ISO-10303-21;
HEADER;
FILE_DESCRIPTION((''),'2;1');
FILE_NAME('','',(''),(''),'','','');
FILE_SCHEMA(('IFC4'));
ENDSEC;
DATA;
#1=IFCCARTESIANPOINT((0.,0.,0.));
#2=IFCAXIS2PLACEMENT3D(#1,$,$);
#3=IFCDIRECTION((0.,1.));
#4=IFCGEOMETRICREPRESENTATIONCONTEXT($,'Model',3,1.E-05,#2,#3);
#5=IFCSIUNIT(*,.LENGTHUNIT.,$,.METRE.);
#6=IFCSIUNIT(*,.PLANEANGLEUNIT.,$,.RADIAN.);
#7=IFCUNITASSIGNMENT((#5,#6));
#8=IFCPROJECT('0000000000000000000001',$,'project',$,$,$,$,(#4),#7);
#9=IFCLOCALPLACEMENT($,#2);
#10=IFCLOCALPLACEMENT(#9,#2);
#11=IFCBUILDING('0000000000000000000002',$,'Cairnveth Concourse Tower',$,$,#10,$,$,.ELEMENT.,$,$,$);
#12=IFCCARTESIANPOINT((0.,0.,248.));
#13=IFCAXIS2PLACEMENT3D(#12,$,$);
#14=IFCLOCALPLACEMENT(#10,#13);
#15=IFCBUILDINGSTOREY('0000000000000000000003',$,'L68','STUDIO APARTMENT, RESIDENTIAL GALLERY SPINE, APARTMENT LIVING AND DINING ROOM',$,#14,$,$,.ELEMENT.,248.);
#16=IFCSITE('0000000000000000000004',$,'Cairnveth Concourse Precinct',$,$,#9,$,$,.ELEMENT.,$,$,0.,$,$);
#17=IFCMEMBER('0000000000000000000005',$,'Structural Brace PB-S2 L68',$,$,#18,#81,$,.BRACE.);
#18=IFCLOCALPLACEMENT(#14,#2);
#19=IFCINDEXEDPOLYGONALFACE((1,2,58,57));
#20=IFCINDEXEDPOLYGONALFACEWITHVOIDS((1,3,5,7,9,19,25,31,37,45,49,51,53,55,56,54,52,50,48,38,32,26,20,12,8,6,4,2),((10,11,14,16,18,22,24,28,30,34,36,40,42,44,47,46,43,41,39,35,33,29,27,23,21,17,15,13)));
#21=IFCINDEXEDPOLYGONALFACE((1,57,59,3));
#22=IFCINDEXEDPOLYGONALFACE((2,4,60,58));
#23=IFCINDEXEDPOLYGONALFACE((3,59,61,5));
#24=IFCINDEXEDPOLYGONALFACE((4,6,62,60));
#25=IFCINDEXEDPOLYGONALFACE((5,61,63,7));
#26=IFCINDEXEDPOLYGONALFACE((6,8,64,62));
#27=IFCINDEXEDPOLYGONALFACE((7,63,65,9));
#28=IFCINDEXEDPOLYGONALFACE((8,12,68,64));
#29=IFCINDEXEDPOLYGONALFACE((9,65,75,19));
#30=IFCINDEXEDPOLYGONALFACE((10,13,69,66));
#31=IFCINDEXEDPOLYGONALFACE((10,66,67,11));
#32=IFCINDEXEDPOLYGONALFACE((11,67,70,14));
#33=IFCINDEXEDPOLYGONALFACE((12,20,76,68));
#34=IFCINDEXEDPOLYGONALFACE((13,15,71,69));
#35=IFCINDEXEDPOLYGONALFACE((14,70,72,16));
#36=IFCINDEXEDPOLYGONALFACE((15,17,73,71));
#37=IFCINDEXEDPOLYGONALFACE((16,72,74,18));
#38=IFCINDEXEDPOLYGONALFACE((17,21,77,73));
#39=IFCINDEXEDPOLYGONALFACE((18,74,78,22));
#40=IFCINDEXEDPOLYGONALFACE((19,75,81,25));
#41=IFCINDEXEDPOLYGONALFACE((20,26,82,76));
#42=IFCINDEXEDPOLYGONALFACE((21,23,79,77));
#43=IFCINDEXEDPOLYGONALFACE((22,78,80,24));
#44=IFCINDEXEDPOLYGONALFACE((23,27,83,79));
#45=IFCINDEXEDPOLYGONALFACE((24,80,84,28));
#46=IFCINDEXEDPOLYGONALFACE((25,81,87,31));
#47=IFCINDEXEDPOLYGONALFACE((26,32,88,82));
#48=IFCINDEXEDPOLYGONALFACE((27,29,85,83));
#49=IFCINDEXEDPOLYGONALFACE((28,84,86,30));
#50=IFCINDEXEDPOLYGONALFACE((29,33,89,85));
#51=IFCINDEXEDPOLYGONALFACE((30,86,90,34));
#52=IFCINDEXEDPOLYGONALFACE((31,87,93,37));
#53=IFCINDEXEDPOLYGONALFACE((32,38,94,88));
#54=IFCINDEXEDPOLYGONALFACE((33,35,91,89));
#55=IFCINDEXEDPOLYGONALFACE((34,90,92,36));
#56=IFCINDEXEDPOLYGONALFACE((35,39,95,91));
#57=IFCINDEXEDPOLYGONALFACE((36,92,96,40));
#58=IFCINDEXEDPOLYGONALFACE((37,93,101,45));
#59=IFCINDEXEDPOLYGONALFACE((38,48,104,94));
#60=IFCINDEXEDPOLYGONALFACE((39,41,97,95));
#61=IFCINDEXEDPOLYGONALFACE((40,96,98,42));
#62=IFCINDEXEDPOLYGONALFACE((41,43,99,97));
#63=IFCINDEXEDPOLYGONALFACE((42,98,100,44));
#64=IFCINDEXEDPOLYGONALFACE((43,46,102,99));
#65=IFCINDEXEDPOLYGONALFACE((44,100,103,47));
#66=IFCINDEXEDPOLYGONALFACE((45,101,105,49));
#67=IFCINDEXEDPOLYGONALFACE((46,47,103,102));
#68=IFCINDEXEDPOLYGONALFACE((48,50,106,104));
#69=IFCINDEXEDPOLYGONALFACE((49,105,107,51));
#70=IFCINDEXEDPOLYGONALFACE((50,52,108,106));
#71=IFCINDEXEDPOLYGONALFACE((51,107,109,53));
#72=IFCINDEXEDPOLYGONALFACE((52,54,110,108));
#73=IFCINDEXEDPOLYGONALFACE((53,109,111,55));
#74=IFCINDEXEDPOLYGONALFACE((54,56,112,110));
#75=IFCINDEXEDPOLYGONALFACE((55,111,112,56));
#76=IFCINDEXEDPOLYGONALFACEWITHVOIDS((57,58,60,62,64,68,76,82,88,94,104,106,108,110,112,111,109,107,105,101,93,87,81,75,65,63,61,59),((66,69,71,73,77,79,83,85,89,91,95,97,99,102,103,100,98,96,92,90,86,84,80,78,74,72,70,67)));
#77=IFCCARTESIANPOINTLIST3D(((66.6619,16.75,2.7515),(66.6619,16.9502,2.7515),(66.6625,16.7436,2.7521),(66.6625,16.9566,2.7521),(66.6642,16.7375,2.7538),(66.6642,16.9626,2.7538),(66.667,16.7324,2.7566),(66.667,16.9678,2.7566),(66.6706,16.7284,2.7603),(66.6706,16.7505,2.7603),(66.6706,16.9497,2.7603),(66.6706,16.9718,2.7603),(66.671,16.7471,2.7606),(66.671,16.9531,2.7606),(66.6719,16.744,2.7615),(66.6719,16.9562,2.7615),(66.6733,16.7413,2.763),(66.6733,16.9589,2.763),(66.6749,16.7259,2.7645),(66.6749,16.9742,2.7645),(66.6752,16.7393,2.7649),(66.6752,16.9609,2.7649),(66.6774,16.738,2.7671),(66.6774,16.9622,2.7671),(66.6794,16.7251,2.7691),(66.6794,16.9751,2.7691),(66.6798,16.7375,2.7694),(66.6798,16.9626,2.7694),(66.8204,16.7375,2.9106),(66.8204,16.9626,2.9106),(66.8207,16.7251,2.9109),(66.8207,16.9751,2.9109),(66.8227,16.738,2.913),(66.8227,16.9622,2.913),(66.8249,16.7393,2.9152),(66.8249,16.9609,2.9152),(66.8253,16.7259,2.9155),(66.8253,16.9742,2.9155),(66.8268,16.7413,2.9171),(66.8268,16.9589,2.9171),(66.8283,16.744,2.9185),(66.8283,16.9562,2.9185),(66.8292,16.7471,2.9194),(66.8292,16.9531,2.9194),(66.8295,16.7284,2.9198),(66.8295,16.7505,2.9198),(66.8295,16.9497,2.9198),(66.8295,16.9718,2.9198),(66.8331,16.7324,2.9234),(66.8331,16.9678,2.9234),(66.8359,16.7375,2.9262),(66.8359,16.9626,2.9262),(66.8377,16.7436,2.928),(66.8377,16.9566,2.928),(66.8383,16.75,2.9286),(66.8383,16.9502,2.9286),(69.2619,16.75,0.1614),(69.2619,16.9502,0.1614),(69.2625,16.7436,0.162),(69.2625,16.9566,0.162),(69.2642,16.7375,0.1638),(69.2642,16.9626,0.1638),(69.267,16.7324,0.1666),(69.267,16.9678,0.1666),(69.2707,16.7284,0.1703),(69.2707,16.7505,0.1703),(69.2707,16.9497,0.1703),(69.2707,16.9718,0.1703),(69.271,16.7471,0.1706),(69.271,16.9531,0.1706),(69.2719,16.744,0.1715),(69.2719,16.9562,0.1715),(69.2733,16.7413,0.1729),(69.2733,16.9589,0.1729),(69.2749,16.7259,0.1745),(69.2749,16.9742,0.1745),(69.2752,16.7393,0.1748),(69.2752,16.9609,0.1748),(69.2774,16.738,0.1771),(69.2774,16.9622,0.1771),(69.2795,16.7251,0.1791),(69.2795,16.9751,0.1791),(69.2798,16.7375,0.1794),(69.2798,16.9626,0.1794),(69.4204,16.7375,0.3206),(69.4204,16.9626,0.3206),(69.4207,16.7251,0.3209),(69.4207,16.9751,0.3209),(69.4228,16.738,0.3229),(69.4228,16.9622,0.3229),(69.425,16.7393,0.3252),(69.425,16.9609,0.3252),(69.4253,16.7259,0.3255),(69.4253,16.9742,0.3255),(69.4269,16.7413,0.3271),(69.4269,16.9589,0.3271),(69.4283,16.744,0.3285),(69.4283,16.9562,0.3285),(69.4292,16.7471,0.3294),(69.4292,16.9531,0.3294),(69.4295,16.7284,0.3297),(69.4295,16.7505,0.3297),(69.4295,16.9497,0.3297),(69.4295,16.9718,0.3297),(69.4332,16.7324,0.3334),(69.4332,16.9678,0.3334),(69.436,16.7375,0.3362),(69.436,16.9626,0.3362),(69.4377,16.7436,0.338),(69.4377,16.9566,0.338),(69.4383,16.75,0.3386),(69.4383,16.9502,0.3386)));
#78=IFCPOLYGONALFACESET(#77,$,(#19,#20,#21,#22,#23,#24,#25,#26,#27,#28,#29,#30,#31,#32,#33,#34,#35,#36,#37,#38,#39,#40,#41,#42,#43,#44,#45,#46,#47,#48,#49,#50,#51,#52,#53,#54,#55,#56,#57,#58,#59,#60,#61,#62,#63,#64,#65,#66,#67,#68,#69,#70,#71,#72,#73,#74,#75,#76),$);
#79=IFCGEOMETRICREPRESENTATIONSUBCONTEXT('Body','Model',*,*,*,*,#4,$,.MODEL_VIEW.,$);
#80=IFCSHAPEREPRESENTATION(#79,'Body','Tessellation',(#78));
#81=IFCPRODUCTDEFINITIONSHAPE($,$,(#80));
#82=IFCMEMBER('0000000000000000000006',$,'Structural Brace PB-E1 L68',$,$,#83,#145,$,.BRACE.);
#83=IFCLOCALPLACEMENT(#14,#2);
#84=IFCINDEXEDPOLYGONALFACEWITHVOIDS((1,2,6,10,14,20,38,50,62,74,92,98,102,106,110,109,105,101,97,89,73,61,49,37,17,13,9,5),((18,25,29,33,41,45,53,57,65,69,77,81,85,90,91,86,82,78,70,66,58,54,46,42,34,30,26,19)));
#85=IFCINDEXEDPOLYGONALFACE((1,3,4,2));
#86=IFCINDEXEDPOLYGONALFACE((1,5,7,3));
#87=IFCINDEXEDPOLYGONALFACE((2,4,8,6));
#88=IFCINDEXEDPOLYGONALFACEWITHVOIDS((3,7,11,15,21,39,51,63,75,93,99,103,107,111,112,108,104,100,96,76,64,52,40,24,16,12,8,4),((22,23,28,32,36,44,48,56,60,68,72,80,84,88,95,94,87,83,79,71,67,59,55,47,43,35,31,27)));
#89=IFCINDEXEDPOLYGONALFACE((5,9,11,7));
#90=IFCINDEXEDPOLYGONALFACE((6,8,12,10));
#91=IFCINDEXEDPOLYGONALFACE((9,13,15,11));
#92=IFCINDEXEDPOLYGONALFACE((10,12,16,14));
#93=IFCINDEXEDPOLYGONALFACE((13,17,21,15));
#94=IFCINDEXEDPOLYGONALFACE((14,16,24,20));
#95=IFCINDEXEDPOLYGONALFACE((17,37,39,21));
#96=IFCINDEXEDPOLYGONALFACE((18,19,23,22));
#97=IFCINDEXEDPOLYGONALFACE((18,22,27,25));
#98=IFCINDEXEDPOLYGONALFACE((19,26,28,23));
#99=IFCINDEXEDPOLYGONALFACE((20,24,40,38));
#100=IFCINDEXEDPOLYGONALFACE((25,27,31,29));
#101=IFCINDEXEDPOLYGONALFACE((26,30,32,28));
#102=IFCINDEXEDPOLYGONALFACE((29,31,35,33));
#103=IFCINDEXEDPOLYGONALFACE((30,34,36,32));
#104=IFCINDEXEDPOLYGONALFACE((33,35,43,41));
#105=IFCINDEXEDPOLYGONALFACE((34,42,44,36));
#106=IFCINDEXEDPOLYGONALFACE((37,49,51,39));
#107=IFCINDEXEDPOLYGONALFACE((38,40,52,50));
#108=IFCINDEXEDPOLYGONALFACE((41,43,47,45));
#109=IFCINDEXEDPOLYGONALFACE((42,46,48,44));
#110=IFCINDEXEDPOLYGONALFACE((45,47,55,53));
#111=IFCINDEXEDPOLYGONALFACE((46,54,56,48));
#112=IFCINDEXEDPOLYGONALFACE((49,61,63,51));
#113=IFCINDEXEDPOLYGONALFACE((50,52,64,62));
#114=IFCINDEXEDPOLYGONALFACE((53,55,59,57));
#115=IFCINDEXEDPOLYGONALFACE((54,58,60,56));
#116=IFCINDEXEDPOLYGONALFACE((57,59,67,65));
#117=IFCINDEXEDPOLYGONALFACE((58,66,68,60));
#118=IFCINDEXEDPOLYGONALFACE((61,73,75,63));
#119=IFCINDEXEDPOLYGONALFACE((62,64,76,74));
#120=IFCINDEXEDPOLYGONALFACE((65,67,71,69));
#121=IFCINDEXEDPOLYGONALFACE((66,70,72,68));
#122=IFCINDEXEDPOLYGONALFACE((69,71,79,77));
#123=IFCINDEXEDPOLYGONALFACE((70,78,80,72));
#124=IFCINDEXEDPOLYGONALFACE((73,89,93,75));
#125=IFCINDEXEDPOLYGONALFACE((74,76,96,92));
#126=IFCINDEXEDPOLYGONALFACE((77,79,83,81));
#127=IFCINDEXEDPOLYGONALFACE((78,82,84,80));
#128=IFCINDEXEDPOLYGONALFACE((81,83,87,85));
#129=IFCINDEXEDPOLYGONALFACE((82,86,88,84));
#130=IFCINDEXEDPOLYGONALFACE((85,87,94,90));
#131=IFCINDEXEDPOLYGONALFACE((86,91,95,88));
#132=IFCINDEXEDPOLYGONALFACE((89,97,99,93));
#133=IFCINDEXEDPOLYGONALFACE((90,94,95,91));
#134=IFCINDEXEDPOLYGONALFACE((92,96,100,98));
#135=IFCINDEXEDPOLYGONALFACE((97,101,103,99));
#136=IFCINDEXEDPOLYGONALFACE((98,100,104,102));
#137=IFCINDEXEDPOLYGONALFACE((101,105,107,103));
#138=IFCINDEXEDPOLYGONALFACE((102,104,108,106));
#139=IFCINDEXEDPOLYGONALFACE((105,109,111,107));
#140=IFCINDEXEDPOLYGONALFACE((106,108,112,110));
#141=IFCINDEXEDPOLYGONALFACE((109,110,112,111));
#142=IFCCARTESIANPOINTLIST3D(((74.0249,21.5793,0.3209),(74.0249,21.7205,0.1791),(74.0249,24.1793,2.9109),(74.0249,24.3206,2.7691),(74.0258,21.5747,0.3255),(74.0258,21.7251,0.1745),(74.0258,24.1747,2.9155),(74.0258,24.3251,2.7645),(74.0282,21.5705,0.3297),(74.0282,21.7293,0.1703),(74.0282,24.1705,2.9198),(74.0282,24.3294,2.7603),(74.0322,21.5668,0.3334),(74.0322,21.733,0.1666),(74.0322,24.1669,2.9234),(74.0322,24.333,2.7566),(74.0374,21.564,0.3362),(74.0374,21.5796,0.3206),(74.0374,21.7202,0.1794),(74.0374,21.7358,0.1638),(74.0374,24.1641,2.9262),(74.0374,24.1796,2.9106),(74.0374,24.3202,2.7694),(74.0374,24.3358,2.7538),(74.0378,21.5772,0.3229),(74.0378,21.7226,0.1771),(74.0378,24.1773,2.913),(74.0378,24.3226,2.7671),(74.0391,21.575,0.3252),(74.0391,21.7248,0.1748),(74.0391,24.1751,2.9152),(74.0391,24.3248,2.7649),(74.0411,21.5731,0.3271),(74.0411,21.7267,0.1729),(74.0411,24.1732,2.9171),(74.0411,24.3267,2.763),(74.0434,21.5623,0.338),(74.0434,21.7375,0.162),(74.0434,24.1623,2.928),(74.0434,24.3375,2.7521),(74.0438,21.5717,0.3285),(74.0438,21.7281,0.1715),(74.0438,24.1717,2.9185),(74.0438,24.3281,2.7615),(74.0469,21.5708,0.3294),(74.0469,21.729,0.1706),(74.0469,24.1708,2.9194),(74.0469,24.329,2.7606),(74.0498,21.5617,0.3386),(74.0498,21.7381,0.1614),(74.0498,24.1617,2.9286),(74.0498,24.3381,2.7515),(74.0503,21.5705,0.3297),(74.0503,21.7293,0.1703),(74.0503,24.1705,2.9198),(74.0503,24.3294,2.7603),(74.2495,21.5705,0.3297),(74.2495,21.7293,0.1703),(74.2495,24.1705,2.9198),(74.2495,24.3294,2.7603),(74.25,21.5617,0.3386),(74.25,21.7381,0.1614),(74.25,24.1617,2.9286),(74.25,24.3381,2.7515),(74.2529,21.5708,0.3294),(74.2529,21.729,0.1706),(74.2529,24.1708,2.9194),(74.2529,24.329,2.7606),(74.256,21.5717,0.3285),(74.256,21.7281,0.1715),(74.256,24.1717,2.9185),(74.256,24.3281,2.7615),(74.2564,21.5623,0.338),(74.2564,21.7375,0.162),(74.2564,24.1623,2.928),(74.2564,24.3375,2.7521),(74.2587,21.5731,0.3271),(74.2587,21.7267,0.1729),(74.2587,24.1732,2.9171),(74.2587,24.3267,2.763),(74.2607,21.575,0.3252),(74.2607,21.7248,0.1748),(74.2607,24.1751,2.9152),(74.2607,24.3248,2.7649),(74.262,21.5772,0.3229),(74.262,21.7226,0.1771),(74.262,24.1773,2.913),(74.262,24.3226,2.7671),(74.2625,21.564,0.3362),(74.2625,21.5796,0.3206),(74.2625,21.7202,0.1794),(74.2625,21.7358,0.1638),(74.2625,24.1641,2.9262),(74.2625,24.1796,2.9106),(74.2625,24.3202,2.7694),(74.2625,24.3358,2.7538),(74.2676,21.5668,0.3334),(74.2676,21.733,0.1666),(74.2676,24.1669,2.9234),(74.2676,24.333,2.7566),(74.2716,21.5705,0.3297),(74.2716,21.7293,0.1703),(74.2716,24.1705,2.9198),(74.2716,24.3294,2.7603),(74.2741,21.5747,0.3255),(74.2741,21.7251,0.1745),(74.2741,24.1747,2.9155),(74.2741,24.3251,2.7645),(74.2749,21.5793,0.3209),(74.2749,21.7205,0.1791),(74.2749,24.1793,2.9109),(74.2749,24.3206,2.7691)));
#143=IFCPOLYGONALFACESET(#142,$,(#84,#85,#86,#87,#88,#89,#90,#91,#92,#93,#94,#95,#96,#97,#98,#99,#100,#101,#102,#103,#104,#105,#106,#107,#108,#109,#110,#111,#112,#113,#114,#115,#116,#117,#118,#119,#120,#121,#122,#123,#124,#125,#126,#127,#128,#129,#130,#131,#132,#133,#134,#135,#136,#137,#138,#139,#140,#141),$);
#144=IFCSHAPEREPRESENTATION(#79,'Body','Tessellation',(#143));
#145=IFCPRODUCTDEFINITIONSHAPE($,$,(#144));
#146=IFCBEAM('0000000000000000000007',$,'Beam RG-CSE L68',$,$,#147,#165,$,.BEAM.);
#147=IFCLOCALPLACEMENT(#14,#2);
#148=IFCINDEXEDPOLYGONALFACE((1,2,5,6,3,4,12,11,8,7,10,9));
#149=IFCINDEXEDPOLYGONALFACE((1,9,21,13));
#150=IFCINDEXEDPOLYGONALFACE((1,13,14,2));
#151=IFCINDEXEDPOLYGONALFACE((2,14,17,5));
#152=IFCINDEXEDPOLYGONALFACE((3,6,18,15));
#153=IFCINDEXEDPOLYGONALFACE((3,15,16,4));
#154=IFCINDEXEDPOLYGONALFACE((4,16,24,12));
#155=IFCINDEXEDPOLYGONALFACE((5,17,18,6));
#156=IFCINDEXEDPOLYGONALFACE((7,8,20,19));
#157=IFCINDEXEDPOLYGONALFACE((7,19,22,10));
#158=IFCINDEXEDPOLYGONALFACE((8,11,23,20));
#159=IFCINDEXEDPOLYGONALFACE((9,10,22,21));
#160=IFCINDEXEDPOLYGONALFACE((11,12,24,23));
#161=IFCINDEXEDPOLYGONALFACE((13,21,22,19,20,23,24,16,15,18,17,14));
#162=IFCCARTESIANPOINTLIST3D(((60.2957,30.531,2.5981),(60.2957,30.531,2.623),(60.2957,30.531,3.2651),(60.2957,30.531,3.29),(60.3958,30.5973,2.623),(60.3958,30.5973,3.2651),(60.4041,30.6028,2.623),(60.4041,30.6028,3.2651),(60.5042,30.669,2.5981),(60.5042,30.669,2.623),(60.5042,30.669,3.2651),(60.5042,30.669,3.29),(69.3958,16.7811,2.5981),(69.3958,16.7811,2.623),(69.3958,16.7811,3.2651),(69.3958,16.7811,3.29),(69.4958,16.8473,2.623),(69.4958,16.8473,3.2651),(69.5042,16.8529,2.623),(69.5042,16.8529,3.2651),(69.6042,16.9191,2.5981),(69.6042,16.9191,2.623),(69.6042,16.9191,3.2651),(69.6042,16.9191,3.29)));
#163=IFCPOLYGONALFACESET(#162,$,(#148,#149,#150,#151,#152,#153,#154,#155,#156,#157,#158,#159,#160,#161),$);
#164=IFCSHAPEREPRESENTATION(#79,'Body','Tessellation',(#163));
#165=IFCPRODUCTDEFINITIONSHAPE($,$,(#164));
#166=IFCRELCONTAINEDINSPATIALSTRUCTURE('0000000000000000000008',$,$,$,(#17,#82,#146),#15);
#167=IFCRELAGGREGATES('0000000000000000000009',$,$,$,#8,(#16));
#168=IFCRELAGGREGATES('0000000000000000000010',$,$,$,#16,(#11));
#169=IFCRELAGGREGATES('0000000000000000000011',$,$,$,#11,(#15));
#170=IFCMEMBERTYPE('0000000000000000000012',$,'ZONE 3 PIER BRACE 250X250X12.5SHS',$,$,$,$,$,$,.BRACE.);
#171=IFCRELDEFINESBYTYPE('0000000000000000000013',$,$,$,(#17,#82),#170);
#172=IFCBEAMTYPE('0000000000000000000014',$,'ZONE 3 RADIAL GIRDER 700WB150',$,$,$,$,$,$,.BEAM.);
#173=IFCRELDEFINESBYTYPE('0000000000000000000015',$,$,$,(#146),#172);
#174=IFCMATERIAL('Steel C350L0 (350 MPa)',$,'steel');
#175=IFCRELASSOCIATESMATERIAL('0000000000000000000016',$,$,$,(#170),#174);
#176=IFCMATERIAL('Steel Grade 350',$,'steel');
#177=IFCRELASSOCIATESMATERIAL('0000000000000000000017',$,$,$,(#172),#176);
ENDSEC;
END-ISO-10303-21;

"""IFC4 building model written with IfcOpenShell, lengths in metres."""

from ifc_helpers import new_model, si_unit, direction, frame, origin, origin_2d, place, context, subcontext, project, spatial, hollow_rectangle, i_section, extrude, material, material_profile, profile_set, type_object, element, save


model = new_model("IFC4")

# Units and contexts
model_context = context("Model", 3, precision=1e-05, world=origin(), true_north=direction((0.0, 1.0)))
body_context = subcontext(model_context, "Body", "Model", "MODEL_VIEW")
ifc_project = project(units=[si_unit("LENGTHUNIT", "METRE"), si_unit("PLANEANGLEUNIT", "RADIAN")], contexts=[model_context])

# Site, building, storey
site_placement = place(None, origin())
site = spatial("IfcSite", under=ifc_project, at=site_placement, Name="Cairnveth Concourse Precinct", CompositionType="ELEMENT", RefElevation=0.0)
building_placement = place(site_placement, origin())
building = spatial("IfcBuilding", under=site, at=building_placement, Name="Cairnveth Concourse Tower", CompositionType="ELEMENT")
storey_placement = place(building_placement, frame((0.0, 0.0, 248.0)))
storey = spatial("IfcBuildingStorey", under=building, at=storey_placement, Name="L68", Description="STUDIO APARTMENT, RESIDENTIAL GALLERY SPINE, APARTMENT LIVING AND DINING ROOM", CompositionType="ELEMENT", Elevation=248.0)

# Shared definitions
ifc_material_1 = material(Name="Steel Grade 350", Category="steel")

# Members
ifc_material_2 = material(Name="Steel C350L0 (350 MPa)", Category="steel")
ifc_material_profile_1 = material_profile(ifc_material_2, hollow_rectangle(XDim=0.25, YDim=0.25, WallThickness=0.0125, InnerFilletRadius=0.0129, OuterFilletRadius=0.0249, at=origin_2d()), Name="250x250x12.5SHS")
ifc_profile_set_1 = profile_set([ifc_material_profile_1], Name="Steel C350L0 (350 MPa)")
member_type = type_object("IfcMemberType", Name="ZONE 3 PIER BRACE 250X250X12.5SHS", PredefinedType="BRACE", material=ifc_profile_set_1)
for number, where, z_axis, x_axis, name in (
    (1, (69.3501, 16.8501, 0.25), (-0.708469, 0.0, 0.705742), (0.0, -1.0, 0.0), "Structural Brace PB-S2 L68"),
    (2, (74.1499, 21.6499, 0.25), (0.0, 0.708469, 0.705742), (-1.0, 0.0, 0.0), "Structural Brace PB-E1 L68"),
):
    element("IfcMember", number, at=place(storey_placement, frame(where, z_axis=z_axis, x_axis=x_axis)), inside=storey, type_object=member_type, Name=name, PredefinedType="BRACE", context=body_context, shape_type="SweptSolid", body=[
        extrude(hollow_rectangle(XDim=0.25, YDim=0.25, WallThickness=0.0125, InnerFilletRadius=0.0129, OuterFilletRadius=0.0249, at=origin_2d()), origin(), (0.0, 0.0, 1.0), 3.6699),
    ])

# Beam
ifc_material_profile_2 = material_profile(ifc_material_1, i_section(OverallWidth=0.25, OverallDepth=0.6919, WebThickness=0.01, FlangeThickness=0.0249, at=origin_2d()), Name="700WB150")
ifc_profile_set_2 = profile_set([ifc_material_profile_2], Name="Steel Grade 350")
beam_type_1 = type_object("IfcBeamType", Name="ZONE 3 RADIAL GIRDER 700WB150", PredefinedType="BEAM", material=ifc_profile_set_2)
beam_1_placement = place(storey_placement, frame((69.5, 16.8501, 2.9441), z_axis=(-0.551902, 0.833909, 0.0), x_axis=(-0.833909, -0.551902, 0.0)))
element("IfcBeam", 3, at=beam_1_placement, inside=storey, type_object=beam_type_1, Name="Beam RG-CSE L68", PredefinedType="BEAM", context=body_context, shape_type="SweptSolid", body=[
    extrude(i_section(OverallWidth=0.25, OverallDepth=0.6919, WebThickness=0.01, FlangeThickness=0.0249, at=origin_2d()), origin(), (0.0, 0.0, 1.0), 16.4885),
])

save(model, "model.ifc")
